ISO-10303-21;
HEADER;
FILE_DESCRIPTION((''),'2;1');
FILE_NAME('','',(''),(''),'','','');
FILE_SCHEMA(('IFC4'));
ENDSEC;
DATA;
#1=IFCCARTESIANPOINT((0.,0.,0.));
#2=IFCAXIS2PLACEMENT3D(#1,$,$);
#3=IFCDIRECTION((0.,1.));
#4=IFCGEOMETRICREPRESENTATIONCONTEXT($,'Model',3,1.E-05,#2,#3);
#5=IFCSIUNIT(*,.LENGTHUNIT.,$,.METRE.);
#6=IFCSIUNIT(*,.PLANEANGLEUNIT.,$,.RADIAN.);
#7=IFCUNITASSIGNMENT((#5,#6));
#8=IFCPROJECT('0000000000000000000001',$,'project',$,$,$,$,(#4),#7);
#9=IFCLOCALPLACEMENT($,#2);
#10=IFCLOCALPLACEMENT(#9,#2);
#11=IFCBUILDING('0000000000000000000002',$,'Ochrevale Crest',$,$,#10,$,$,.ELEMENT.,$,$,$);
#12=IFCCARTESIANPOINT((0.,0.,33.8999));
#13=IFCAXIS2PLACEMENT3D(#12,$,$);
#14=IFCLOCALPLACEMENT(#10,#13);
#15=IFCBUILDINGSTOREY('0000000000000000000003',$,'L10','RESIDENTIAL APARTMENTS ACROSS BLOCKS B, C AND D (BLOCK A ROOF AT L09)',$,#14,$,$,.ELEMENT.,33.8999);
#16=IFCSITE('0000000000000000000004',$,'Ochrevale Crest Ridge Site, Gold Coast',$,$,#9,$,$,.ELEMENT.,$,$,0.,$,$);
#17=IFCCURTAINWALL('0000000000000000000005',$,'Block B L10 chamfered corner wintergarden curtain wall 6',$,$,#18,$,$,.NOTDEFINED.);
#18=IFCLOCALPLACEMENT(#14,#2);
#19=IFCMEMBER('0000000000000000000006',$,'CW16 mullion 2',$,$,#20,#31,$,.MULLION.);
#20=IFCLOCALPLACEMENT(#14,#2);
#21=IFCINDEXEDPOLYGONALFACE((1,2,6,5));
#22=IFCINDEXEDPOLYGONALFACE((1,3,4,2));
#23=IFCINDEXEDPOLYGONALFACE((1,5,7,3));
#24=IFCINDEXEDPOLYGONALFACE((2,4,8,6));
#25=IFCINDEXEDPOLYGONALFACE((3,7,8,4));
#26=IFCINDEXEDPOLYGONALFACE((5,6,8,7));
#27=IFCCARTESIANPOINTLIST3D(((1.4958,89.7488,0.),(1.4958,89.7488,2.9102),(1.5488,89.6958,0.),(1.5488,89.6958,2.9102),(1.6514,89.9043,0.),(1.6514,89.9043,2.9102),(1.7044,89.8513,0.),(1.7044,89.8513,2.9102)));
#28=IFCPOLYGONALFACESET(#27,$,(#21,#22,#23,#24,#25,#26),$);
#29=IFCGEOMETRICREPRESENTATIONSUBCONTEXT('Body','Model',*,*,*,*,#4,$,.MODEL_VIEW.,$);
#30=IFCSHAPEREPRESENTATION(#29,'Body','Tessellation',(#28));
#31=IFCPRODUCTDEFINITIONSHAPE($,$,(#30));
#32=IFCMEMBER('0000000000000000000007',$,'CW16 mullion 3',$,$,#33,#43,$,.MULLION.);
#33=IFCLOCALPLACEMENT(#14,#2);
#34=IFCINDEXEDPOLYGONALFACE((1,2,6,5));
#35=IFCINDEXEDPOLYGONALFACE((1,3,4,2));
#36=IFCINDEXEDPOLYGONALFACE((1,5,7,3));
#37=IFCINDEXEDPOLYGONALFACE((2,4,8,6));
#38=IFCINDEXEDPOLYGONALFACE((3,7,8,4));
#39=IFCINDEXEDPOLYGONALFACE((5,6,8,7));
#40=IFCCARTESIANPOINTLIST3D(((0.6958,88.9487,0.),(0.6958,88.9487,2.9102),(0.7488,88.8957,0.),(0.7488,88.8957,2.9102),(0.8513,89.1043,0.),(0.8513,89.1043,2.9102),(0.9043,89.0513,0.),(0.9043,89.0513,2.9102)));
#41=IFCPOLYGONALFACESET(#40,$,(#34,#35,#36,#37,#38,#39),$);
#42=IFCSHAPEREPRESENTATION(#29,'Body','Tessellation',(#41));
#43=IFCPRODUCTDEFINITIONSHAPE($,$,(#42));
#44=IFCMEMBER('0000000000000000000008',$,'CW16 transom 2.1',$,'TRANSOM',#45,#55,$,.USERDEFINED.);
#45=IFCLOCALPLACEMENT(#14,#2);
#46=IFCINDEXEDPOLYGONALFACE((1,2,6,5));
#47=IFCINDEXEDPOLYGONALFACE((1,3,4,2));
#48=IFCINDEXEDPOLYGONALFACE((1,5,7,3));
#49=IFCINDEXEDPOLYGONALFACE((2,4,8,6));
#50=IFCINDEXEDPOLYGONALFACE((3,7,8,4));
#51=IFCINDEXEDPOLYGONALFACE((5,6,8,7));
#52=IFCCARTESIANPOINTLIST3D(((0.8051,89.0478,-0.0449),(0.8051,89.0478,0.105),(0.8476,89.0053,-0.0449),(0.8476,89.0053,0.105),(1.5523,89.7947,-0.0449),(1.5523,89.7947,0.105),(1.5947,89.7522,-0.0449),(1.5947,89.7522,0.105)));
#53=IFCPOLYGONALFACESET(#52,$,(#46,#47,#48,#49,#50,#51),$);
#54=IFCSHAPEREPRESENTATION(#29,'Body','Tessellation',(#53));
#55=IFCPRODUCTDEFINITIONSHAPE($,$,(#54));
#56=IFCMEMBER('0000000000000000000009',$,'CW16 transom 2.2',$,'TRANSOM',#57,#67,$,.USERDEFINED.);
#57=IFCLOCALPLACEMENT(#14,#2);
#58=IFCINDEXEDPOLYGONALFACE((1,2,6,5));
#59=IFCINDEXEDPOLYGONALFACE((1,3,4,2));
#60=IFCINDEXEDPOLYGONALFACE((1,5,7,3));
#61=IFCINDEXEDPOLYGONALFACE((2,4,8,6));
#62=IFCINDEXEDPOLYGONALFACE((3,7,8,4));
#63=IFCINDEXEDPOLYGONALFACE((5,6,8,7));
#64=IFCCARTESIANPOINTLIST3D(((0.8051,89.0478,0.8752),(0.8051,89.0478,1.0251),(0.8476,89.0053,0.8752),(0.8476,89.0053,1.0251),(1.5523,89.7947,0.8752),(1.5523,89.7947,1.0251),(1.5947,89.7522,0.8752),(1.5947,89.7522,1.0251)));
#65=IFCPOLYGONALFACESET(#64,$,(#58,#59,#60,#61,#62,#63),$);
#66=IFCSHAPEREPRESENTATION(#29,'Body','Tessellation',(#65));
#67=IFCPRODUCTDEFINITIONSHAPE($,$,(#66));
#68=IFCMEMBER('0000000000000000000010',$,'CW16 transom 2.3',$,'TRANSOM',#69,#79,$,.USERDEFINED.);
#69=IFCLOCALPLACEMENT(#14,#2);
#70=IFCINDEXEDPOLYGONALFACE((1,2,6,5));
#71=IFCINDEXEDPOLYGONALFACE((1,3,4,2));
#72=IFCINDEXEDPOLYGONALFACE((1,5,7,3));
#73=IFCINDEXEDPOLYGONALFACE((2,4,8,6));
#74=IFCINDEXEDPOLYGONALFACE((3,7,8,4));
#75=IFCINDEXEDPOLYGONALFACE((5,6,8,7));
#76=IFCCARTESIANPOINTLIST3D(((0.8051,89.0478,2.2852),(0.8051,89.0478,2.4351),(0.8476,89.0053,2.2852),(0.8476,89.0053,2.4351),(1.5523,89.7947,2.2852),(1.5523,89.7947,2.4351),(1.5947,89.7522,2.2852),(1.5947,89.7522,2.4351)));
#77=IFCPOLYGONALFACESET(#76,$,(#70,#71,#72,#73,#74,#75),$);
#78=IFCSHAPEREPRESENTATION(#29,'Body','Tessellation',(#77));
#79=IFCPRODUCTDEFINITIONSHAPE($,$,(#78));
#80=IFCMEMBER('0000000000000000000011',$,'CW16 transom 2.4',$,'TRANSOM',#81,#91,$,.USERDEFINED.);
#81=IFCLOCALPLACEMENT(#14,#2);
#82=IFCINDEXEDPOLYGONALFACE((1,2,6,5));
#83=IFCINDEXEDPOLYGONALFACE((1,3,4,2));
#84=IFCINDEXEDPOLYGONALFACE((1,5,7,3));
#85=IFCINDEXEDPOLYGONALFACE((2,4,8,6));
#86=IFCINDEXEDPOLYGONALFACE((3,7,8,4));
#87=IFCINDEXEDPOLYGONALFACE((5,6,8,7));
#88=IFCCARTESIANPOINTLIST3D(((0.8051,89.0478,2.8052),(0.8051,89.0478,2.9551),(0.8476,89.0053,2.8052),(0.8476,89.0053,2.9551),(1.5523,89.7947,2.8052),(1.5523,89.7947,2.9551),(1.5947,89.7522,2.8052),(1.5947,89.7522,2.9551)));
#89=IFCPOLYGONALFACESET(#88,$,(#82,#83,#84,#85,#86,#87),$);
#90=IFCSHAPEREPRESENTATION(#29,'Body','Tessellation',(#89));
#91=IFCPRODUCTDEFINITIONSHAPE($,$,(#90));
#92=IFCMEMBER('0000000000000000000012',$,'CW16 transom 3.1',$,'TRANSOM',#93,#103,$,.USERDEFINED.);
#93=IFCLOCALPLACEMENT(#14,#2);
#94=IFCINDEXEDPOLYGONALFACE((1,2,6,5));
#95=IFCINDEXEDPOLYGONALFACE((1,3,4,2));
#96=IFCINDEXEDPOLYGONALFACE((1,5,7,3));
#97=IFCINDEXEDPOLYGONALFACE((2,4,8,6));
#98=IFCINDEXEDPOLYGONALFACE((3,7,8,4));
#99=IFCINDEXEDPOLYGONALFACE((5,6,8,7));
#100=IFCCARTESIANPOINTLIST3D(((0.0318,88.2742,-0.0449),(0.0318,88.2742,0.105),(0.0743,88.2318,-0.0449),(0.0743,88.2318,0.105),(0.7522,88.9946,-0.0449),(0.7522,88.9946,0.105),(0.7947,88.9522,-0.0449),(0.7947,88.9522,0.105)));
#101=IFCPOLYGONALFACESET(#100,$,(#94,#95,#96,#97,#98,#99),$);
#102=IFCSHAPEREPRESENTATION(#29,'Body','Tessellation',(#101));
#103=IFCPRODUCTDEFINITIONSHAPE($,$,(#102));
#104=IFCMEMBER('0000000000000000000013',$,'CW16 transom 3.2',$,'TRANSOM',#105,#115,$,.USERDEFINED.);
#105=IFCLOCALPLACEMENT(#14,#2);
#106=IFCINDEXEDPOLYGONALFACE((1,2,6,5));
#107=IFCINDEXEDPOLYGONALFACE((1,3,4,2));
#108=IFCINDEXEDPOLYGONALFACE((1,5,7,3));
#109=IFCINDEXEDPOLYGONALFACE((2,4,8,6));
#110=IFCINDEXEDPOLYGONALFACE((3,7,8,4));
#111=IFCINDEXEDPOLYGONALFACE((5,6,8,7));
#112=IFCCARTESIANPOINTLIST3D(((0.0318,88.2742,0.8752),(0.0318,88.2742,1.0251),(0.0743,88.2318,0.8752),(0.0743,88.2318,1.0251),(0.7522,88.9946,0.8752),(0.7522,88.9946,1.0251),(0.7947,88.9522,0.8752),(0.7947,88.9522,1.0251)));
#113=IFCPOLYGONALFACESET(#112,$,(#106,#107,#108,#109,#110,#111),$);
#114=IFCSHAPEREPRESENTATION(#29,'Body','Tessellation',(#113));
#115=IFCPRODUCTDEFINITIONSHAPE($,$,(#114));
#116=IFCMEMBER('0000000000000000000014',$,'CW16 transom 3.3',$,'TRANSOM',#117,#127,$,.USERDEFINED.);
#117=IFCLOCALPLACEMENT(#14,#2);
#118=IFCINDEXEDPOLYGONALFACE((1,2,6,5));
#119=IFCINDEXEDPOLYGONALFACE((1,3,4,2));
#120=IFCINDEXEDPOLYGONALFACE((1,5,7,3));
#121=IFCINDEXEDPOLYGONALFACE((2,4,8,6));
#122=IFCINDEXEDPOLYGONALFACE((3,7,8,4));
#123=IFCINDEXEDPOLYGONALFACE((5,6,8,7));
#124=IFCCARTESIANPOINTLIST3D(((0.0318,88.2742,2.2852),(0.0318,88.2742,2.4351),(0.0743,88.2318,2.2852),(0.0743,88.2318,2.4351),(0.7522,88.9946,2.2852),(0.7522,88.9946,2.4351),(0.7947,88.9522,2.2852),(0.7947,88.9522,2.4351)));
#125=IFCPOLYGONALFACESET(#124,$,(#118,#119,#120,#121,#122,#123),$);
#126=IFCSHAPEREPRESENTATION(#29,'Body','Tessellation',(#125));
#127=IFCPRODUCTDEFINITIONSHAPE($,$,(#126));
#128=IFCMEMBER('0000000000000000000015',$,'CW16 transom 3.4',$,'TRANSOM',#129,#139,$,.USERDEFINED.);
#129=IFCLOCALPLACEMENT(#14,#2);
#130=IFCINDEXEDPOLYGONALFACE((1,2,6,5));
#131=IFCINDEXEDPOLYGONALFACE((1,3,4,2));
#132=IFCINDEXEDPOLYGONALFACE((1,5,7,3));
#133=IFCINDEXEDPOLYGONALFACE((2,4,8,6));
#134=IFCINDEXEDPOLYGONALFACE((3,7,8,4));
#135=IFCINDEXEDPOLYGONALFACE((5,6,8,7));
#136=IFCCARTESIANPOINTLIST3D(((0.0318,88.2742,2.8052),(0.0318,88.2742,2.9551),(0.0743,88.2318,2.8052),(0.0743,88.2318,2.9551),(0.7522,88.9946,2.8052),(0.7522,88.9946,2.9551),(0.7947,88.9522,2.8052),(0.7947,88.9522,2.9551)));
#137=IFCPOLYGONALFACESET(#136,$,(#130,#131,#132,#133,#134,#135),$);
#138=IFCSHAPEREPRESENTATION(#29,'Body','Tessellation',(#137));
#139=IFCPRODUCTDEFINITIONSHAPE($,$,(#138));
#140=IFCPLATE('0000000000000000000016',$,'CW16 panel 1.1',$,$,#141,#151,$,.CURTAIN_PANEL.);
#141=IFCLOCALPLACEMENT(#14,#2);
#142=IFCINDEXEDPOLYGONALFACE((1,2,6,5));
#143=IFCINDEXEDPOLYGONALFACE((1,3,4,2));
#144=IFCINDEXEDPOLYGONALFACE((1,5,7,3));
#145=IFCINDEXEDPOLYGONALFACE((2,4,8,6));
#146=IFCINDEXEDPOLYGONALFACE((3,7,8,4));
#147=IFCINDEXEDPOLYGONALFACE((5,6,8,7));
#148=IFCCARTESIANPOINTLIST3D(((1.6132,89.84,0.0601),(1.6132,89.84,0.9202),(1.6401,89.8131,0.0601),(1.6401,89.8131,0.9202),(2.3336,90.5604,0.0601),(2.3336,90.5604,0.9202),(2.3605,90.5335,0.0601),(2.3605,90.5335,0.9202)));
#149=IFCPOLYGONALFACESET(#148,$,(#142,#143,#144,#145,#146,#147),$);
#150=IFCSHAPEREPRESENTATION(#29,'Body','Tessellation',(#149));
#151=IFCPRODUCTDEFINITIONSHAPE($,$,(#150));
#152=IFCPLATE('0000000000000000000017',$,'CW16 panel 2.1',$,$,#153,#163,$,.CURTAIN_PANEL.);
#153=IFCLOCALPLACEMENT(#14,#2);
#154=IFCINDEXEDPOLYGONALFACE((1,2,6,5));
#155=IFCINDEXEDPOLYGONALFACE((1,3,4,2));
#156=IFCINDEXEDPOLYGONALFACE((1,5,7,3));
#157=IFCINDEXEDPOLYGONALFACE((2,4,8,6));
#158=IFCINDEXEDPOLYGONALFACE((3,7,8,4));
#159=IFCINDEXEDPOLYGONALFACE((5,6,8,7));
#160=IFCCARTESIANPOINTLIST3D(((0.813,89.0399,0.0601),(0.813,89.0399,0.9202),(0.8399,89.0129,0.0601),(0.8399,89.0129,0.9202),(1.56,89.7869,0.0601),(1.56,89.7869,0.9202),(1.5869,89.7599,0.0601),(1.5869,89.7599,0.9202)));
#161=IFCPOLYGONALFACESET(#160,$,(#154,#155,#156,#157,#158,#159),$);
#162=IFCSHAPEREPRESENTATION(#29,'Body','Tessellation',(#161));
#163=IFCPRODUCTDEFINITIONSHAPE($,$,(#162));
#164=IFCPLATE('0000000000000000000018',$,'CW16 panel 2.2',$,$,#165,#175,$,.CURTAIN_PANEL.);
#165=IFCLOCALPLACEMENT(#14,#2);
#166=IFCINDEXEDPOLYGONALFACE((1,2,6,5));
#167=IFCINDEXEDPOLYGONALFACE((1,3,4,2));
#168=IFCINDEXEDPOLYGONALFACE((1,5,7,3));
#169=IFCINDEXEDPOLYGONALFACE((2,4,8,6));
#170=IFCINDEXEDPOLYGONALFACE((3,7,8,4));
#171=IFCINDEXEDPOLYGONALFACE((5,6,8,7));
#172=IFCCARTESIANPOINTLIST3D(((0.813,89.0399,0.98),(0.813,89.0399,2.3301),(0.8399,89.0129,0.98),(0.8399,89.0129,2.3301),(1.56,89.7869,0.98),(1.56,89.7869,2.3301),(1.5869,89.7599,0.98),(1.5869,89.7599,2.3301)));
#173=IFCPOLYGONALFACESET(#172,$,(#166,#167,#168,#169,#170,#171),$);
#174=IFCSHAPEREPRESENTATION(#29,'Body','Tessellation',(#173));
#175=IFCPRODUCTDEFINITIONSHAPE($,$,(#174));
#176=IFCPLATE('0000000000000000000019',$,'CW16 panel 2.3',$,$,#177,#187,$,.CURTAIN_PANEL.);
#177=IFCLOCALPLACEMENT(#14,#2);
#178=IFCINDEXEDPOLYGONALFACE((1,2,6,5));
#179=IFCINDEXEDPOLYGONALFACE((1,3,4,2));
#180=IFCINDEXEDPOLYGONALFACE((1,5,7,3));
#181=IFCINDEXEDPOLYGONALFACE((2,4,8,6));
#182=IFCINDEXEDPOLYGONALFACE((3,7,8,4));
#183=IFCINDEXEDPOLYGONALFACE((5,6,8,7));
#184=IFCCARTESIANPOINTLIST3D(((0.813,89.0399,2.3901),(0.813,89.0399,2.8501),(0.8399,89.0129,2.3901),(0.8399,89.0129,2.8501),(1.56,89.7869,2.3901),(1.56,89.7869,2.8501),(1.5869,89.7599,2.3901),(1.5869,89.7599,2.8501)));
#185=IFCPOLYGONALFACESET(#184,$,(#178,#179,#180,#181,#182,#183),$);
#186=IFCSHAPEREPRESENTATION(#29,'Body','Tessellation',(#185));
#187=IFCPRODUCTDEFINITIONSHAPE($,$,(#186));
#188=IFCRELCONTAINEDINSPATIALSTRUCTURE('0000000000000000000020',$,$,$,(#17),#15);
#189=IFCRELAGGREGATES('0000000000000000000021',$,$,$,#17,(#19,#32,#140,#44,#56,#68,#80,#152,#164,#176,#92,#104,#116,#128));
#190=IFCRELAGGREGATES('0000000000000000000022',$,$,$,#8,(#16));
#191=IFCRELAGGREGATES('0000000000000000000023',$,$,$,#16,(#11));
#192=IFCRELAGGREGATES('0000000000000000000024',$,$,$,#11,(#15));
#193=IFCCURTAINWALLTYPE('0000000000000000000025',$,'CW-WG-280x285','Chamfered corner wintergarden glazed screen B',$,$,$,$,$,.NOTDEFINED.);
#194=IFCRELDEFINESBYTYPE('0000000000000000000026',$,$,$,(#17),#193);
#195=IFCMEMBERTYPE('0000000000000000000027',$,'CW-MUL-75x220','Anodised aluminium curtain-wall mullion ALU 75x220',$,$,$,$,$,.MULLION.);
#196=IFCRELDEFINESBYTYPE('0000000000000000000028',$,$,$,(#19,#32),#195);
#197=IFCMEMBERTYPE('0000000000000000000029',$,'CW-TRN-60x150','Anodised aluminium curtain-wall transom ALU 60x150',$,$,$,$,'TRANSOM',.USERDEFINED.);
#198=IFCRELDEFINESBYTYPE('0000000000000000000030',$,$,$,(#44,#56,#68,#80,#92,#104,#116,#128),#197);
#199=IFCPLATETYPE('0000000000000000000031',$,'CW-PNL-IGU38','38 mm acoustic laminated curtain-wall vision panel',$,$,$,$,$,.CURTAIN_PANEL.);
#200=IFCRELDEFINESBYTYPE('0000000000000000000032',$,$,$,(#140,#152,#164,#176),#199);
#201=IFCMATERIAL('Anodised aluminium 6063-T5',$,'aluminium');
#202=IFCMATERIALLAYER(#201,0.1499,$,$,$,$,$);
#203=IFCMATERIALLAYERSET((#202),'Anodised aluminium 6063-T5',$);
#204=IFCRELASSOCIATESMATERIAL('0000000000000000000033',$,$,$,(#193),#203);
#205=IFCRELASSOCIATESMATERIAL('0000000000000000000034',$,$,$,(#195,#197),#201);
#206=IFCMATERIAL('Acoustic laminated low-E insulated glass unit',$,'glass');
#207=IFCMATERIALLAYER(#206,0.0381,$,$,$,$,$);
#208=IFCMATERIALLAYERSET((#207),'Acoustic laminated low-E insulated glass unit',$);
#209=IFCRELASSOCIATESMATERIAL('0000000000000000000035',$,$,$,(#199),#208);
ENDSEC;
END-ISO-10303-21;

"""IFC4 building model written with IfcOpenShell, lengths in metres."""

from ifc_helpers import new_model, si_unit, direction, frame, origin, origin_2d, place, context, subcontext, project, spatial, rectangle, extrude, material, layer, layer_set, material_profile, profile_set, type_object, element, aggregate, save


model = new_model("IFC4")

# Units and contexts
model_context = context("Model", 3, precision=1e-05, world=origin(), true_north=direction((0.0, 1.0)))
body_context = subcontext(model_context, "Body", "Model", "MODEL_VIEW")
ifc_project = project(units=[si_unit("LENGTHUNIT", "METRE"), si_unit("PLANEANGLEUNIT", "RADIAN")], contexts=[model_context])

# Site, building, storey
site_placement = place(None, origin())
site = spatial("IfcSite", under=ifc_project, at=site_placement, Name="Ochrevale Crest Ridge Site, Gold Coast", CompositionType="ELEMENT", RefElevation=0.0)
building_placement = place(site_placement, origin())
building = spatial("IfcBuilding", under=site, at=building_placement, Name="Ochrevale Crest", CompositionType="ELEMENT")
storey_placement = place(building_placement, frame((0.0, 0.0, 33.8999)))
storey = spatial("IfcBuildingStorey", under=building, at=storey_placement, Name="L10", Description="RESIDENTIAL APARTMENTS ACROSS BLOCKS B, C AND D (BLOCK A ROOF AT L09)", CompositionType="ELEMENT", Elevation=33.8999)

# Curtain wall, members, plates
ifc_material_1 = material(Name="Anodised aluminium 6063-T5", Category="aluminium")
ifc_layer_1 = layer(ifc_material_1, 0.1499)
ifc_layer_set_1 = layer_set([ifc_layer_1], Name="Anodised aluminium 6063-T5")
curtain_wall_type = type_object("IfcCurtainWallType", Name="CW-WG-280x285", Description="Chamfered corner wintergarden glazed screen B", PredefinedType="NOTDEFINED", material=ifc_layer_set_1)
curtain_wall_placement = place(storey_placement, origin())
curtain_wall = element("IfcCurtainWall", 1, at=curtain_wall_placement, inside=storey, type_object=curtain_wall_type, Name="Block B L10 chamfered corner wintergarden curtain wall 6", PredefinedType="NOTDEFINED")
ifc_material_profile_1 = material_profile(ifc_material_1, rectangle(XDim=0.075, YDim=0.22, at=origin_2d()), Name="ALU 75x220")
ifc_profile_set_1 = profile_set([ifc_material_profile_1], Name="Anodised aluminium 6063-T5")
member_type_1 = type_object("IfcMemberType", Name="CW-MUL-75x220", Description="Anodised aluminium curtain-wall mullion ALU 75x220", PredefinedType="MULLION", material=ifc_profile_set_1)
member_1_placement = place(storey_placement, frame((1.6001, 89.8, 0.0), z_axis=(0.0, 0.0, 1.0), x_axis=(0.707107, -0.707107, 0.0)))
member_1 = element("IfcMember", 2, at=member_1_placement, type_object=member_type_1, Name="CW16 mullion 2", PredefinedType="MULLION", context=body_context, shape_type="SweptSolid", body=[
    extrude(rectangle(XDim=0.075, YDim=0.22, at=origin_2d()), origin(), (0.0, 0.0, 1.0), 2.9102),
])
member_2_placement = place(storey_placement, frame((0.8, 89.0, 0.0), z_axis=(0.0, 0.0, 1.0), x_axis=(0.707107, -0.707107, 0.0)))
member_2 = element("IfcMember", 3, at=member_2_placement, type_object=member_type_1, Name="CW16 mullion 3", PredefinedType="MULLION", context=body_context, shape_type="SweptSolid", body=[
    extrude(rectangle(XDim=0.075, YDim=0.22, at=origin_2d()), origin(), (0.0, 0.0, 1.0), 2.9102),
])
ifc_material_profile_2 = material_profile(ifc_material_1, rectangle(XDim=0.0601, YDim=0.1499, at=origin_2d()), Name="ALU 60x150")
ifc_profile_set_2 = profile_set([ifc_material_profile_2], Name="Anodised aluminium 6063-T5")
member_type_2 = type_object("IfcMemberType", Name="CW-TRN-60x150", Description="Anodised aluminium curtain-wall transom ALU 60x150", ElementType="TRANSOM", PredefinedType="USERDEFINED", material=ifc_profile_set_2)
member_3_placement = place(storey_placement, frame((1.5735, 89.7734, 0.03), z_axis=(-0.707222, -0.706991, 0.0), x_axis=(0.706991, -0.707222, 0.0)))
member_3 = element("IfcMember", 4, at=member_3_placement, type_object=member_type_2, Name="CW16 transom 2.1", ObjectType="TRANSOM", PredefinedType="USERDEFINED", context=body_context, shape_type="SweptSolid", body=[
    extrude(rectangle(XDim=0.0601, YDim=0.1499, at=origin_2d()), origin(), (0.0, 0.0, 1.0), 1.0564),
])
member_4_placement = place(storey_placement, frame((1.5735, 89.7734, 0.9502), z_axis=(-0.707222, -0.706991, 0.0), x_axis=(0.706991, -0.707222, 0.0)))
member_4 = element("IfcMember", 5, at=member_4_placement, type_object=member_type_2, Name="CW16 transom 2.2", ObjectType="TRANSOM", PredefinedType="USERDEFINED", context=body_context, shape_type="SweptSolid", body=[
    extrude(rectangle(XDim=0.0601, YDim=0.1499, at=origin_2d()), origin(), (0.0, 0.0, 1.0), 1.0564),
])
member_5_placement = place(storey_placement, frame((1.5735, 89.7734, 2.3601), z_axis=(-0.707222, -0.706991, 0.0), x_axis=(0.706991, -0.707222, 0.0)))
member_5 = element("IfcMember", 6, at=member_5_placement, type_object=member_type_2, Name="CW16 transom 2.3", ObjectType="TRANSOM", PredefinedType="USERDEFINED", context=body_context, shape_type="SweptSolid", body=[
    extrude(rectangle(XDim=0.0601, YDim=0.1499, at=origin_2d()), origin(), (0.0, 0.0, 1.0), 1.0564),
])
member_6_placement = place(storey_placement, frame((1.5735, 89.7734, 2.8801), z_axis=(-0.707222, -0.706991, 0.0), x_axis=(0.706991, -0.707222, 0.0)))
member_6 = element("IfcMember", 7, at=member_6_placement, type_object=member_type_2, Name="CW16 transom 2.4", ObjectType="TRANSOM", PredefinedType="USERDEFINED", context=body_context, shape_type="SweptSolid", body=[
    extrude(rectangle(XDim=0.0601, YDim=0.1499, at=origin_2d()), origin(), (0.0, 0.0, 1.0), 1.0564),
])
member_7_placement = place(storey_placement, frame((0.7734, 88.9734, 0.03), z_axis=(-0.707107, -0.707107, 0.0), x_axis=(0.707107, -0.707107, 0.0)))
member_7 = element("IfcMember", 8, at=member_7_placement, type_object=member_type_2, Name="CW16 transom 3.1", ObjectType="TRANSOM", PredefinedType="USERDEFINED", context=body_context, shape_type="SweptSolid", body=[
    extrude(rectangle(XDim=0.0601, YDim=0.1499, at=origin_2d()), origin(), (0.0, 0.0, 1.0), 1.0188),
])
member_8_placement = place(storey_placement, frame((0.7734, 88.9734, 0.9502), z_axis=(-0.707107, -0.707107, 0.0), x_axis=(0.707107, -0.707107, 0.0)))
member_8 = element("IfcMember", 9, at=member_8_placement, type_object=member_type_2, Name="CW16 transom 3.2", ObjectType="TRANSOM", PredefinedType="USERDEFINED", context=body_context, shape_type="SweptSolid", body=[
    extrude(rectangle(XDim=0.0601, YDim=0.1499, at=origin_2d()), origin(), (0.0, 0.0, 1.0), 1.0188),
])
member_9_placement = place(storey_placement, frame((0.7734, 88.9734, 2.3601), z_axis=(-0.707107, -0.707107, 0.0), x_axis=(0.707107, -0.707107, 0.0)))
member_9 = element("IfcMember", 10, at=member_9_placement, type_object=member_type_2, Name="CW16 transom 3.3", ObjectType="TRANSOM", PredefinedType="USERDEFINED", context=body_context, shape_type="SweptSolid", body=[
    extrude(rectangle(XDim=0.0601, YDim=0.1499, at=origin_2d()), origin(), (0.0, 0.0, 1.0), 1.0188),
])
member_10_placement = place(storey_placement, frame((0.7734, 88.9734, 2.8801), z_axis=(-0.707107, -0.707107, 0.0), x_axis=(0.707107, -0.707107, 0.0)))
member_10 = element("IfcMember", 11, at=member_10_placement, type_object=member_type_2, Name="CW16 transom 3.4", ObjectType="TRANSOM", PredefinedType="USERDEFINED", context=body_context, shape_type="SweptSolid", body=[
    extrude(rectangle(XDim=0.0601, YDim=0.1499, at=origin_2d()), origin(), (0.0, 0.0, 1.0), 1.0188),
])
ifc_material_2 = material(Name="Acoustic laminated low-E insulated glass unit", Category="glass")
ifc_layer_2 = layer(ifc_material_2, 0.0381)
ifc_layer_set_2 = layer_set([ifc_layer_2], Name="Acoustic laminated low-E insulated glass unit")
plate_type = type_object("IfcPlateType", Name="CW-PNL-IGU38", Description="38 mm acoustic laminated curtain-wall vision panel", PredefinedType="CURTAIN_PANEL", material=ifc_layer_set_2)
plate_1_placement = place(storey_placement, frame((1.9868, 90.1868, 0.0601), z_axis=(0.0, 0.0, 1.0), x_axis=(-0.707107, -0.707107, 0.0)))
plate_1 = element("IfcPlate", 12, at=plate_1_placement, type_object=plate_type, Name="CW16 panel 1.1", PredefinedType="CURTAIN_PANEL", context=body_context, shape_type="SweptSolid", body=[
    extrude(rectangle(XDim=1.0188, YDim=0.0381, at=origin_2d()), origin(), (0.0, 0.0, 1.0), 0.8601),
])
plate_2_placement = place(storey_placement, frame((1.2, 89.3999, 0.0601), z_axis=(0.0, 0.0, 1.0), x_axis=(-0.707107, -0.707107, 0.0)))
plate_2 = element("IfcPlate", 13, at=plate_2_placement, type_object=plate_type, Name="CW16 panel 2.1", PredefinedType="CURTAIN_PANEL", context=body_context, shape_type="SweptSolid", body=[
    extrude(rectangle(XDim=1.0564, YDim=0.0381, at=origin_2d()), origin(), (0.0, 0.0, 1.0), 0.8601),
])
plate_3_placement = place(storey_placement, frame((1.2, 89.3999, 0.98), z_axis=(0.0, 0.0, 1.0), x_axis=(-0.707107, -0.707107, 0.0)))
plate_3 = element("IfcPlate", 14, at=plate_3_placement, type_object=plate_type, Name="CW16 panel 2.2", PredefinedType="CURTAIN_PANEL", context=body_context, shape_type="SweptSolid", body=[
    extrude(rectangle(XDim=1.0564, YDim=0.0381, at=origin_2d()), origin(), (0.0, 0.0, 1.0), 1.3501),
])
plate_4_placement = place(storey_placement, frame((1.2, 89.3999, 2.3901), z_axis=(0.0, 0.0, 1.0), x_axis=(-0.707107, -0.707107, 0.0)))
plate_4 = element("IfcPlate", 15, at=plate_4_placement, type_object=plate_type, Name="CW16 panel 2.3", PredefinedType="CURTAIN_PANEL", context=body_context, shape_type="SweptSolid", body=[
    extrude(rectangle(XDim=1.0564, YDim=0.0381, at=origin_2d()), origin(), (0.0, 0.0, 1.0), 0.46),
])
aggregate(curtain_wall, [member_1, member_2, plate_1, member_3, member_4, member_5, member_6, plate_2, plate_3, plate_4, member_7, member_8, member_9, member_10])

save(model, "model.ifc")
